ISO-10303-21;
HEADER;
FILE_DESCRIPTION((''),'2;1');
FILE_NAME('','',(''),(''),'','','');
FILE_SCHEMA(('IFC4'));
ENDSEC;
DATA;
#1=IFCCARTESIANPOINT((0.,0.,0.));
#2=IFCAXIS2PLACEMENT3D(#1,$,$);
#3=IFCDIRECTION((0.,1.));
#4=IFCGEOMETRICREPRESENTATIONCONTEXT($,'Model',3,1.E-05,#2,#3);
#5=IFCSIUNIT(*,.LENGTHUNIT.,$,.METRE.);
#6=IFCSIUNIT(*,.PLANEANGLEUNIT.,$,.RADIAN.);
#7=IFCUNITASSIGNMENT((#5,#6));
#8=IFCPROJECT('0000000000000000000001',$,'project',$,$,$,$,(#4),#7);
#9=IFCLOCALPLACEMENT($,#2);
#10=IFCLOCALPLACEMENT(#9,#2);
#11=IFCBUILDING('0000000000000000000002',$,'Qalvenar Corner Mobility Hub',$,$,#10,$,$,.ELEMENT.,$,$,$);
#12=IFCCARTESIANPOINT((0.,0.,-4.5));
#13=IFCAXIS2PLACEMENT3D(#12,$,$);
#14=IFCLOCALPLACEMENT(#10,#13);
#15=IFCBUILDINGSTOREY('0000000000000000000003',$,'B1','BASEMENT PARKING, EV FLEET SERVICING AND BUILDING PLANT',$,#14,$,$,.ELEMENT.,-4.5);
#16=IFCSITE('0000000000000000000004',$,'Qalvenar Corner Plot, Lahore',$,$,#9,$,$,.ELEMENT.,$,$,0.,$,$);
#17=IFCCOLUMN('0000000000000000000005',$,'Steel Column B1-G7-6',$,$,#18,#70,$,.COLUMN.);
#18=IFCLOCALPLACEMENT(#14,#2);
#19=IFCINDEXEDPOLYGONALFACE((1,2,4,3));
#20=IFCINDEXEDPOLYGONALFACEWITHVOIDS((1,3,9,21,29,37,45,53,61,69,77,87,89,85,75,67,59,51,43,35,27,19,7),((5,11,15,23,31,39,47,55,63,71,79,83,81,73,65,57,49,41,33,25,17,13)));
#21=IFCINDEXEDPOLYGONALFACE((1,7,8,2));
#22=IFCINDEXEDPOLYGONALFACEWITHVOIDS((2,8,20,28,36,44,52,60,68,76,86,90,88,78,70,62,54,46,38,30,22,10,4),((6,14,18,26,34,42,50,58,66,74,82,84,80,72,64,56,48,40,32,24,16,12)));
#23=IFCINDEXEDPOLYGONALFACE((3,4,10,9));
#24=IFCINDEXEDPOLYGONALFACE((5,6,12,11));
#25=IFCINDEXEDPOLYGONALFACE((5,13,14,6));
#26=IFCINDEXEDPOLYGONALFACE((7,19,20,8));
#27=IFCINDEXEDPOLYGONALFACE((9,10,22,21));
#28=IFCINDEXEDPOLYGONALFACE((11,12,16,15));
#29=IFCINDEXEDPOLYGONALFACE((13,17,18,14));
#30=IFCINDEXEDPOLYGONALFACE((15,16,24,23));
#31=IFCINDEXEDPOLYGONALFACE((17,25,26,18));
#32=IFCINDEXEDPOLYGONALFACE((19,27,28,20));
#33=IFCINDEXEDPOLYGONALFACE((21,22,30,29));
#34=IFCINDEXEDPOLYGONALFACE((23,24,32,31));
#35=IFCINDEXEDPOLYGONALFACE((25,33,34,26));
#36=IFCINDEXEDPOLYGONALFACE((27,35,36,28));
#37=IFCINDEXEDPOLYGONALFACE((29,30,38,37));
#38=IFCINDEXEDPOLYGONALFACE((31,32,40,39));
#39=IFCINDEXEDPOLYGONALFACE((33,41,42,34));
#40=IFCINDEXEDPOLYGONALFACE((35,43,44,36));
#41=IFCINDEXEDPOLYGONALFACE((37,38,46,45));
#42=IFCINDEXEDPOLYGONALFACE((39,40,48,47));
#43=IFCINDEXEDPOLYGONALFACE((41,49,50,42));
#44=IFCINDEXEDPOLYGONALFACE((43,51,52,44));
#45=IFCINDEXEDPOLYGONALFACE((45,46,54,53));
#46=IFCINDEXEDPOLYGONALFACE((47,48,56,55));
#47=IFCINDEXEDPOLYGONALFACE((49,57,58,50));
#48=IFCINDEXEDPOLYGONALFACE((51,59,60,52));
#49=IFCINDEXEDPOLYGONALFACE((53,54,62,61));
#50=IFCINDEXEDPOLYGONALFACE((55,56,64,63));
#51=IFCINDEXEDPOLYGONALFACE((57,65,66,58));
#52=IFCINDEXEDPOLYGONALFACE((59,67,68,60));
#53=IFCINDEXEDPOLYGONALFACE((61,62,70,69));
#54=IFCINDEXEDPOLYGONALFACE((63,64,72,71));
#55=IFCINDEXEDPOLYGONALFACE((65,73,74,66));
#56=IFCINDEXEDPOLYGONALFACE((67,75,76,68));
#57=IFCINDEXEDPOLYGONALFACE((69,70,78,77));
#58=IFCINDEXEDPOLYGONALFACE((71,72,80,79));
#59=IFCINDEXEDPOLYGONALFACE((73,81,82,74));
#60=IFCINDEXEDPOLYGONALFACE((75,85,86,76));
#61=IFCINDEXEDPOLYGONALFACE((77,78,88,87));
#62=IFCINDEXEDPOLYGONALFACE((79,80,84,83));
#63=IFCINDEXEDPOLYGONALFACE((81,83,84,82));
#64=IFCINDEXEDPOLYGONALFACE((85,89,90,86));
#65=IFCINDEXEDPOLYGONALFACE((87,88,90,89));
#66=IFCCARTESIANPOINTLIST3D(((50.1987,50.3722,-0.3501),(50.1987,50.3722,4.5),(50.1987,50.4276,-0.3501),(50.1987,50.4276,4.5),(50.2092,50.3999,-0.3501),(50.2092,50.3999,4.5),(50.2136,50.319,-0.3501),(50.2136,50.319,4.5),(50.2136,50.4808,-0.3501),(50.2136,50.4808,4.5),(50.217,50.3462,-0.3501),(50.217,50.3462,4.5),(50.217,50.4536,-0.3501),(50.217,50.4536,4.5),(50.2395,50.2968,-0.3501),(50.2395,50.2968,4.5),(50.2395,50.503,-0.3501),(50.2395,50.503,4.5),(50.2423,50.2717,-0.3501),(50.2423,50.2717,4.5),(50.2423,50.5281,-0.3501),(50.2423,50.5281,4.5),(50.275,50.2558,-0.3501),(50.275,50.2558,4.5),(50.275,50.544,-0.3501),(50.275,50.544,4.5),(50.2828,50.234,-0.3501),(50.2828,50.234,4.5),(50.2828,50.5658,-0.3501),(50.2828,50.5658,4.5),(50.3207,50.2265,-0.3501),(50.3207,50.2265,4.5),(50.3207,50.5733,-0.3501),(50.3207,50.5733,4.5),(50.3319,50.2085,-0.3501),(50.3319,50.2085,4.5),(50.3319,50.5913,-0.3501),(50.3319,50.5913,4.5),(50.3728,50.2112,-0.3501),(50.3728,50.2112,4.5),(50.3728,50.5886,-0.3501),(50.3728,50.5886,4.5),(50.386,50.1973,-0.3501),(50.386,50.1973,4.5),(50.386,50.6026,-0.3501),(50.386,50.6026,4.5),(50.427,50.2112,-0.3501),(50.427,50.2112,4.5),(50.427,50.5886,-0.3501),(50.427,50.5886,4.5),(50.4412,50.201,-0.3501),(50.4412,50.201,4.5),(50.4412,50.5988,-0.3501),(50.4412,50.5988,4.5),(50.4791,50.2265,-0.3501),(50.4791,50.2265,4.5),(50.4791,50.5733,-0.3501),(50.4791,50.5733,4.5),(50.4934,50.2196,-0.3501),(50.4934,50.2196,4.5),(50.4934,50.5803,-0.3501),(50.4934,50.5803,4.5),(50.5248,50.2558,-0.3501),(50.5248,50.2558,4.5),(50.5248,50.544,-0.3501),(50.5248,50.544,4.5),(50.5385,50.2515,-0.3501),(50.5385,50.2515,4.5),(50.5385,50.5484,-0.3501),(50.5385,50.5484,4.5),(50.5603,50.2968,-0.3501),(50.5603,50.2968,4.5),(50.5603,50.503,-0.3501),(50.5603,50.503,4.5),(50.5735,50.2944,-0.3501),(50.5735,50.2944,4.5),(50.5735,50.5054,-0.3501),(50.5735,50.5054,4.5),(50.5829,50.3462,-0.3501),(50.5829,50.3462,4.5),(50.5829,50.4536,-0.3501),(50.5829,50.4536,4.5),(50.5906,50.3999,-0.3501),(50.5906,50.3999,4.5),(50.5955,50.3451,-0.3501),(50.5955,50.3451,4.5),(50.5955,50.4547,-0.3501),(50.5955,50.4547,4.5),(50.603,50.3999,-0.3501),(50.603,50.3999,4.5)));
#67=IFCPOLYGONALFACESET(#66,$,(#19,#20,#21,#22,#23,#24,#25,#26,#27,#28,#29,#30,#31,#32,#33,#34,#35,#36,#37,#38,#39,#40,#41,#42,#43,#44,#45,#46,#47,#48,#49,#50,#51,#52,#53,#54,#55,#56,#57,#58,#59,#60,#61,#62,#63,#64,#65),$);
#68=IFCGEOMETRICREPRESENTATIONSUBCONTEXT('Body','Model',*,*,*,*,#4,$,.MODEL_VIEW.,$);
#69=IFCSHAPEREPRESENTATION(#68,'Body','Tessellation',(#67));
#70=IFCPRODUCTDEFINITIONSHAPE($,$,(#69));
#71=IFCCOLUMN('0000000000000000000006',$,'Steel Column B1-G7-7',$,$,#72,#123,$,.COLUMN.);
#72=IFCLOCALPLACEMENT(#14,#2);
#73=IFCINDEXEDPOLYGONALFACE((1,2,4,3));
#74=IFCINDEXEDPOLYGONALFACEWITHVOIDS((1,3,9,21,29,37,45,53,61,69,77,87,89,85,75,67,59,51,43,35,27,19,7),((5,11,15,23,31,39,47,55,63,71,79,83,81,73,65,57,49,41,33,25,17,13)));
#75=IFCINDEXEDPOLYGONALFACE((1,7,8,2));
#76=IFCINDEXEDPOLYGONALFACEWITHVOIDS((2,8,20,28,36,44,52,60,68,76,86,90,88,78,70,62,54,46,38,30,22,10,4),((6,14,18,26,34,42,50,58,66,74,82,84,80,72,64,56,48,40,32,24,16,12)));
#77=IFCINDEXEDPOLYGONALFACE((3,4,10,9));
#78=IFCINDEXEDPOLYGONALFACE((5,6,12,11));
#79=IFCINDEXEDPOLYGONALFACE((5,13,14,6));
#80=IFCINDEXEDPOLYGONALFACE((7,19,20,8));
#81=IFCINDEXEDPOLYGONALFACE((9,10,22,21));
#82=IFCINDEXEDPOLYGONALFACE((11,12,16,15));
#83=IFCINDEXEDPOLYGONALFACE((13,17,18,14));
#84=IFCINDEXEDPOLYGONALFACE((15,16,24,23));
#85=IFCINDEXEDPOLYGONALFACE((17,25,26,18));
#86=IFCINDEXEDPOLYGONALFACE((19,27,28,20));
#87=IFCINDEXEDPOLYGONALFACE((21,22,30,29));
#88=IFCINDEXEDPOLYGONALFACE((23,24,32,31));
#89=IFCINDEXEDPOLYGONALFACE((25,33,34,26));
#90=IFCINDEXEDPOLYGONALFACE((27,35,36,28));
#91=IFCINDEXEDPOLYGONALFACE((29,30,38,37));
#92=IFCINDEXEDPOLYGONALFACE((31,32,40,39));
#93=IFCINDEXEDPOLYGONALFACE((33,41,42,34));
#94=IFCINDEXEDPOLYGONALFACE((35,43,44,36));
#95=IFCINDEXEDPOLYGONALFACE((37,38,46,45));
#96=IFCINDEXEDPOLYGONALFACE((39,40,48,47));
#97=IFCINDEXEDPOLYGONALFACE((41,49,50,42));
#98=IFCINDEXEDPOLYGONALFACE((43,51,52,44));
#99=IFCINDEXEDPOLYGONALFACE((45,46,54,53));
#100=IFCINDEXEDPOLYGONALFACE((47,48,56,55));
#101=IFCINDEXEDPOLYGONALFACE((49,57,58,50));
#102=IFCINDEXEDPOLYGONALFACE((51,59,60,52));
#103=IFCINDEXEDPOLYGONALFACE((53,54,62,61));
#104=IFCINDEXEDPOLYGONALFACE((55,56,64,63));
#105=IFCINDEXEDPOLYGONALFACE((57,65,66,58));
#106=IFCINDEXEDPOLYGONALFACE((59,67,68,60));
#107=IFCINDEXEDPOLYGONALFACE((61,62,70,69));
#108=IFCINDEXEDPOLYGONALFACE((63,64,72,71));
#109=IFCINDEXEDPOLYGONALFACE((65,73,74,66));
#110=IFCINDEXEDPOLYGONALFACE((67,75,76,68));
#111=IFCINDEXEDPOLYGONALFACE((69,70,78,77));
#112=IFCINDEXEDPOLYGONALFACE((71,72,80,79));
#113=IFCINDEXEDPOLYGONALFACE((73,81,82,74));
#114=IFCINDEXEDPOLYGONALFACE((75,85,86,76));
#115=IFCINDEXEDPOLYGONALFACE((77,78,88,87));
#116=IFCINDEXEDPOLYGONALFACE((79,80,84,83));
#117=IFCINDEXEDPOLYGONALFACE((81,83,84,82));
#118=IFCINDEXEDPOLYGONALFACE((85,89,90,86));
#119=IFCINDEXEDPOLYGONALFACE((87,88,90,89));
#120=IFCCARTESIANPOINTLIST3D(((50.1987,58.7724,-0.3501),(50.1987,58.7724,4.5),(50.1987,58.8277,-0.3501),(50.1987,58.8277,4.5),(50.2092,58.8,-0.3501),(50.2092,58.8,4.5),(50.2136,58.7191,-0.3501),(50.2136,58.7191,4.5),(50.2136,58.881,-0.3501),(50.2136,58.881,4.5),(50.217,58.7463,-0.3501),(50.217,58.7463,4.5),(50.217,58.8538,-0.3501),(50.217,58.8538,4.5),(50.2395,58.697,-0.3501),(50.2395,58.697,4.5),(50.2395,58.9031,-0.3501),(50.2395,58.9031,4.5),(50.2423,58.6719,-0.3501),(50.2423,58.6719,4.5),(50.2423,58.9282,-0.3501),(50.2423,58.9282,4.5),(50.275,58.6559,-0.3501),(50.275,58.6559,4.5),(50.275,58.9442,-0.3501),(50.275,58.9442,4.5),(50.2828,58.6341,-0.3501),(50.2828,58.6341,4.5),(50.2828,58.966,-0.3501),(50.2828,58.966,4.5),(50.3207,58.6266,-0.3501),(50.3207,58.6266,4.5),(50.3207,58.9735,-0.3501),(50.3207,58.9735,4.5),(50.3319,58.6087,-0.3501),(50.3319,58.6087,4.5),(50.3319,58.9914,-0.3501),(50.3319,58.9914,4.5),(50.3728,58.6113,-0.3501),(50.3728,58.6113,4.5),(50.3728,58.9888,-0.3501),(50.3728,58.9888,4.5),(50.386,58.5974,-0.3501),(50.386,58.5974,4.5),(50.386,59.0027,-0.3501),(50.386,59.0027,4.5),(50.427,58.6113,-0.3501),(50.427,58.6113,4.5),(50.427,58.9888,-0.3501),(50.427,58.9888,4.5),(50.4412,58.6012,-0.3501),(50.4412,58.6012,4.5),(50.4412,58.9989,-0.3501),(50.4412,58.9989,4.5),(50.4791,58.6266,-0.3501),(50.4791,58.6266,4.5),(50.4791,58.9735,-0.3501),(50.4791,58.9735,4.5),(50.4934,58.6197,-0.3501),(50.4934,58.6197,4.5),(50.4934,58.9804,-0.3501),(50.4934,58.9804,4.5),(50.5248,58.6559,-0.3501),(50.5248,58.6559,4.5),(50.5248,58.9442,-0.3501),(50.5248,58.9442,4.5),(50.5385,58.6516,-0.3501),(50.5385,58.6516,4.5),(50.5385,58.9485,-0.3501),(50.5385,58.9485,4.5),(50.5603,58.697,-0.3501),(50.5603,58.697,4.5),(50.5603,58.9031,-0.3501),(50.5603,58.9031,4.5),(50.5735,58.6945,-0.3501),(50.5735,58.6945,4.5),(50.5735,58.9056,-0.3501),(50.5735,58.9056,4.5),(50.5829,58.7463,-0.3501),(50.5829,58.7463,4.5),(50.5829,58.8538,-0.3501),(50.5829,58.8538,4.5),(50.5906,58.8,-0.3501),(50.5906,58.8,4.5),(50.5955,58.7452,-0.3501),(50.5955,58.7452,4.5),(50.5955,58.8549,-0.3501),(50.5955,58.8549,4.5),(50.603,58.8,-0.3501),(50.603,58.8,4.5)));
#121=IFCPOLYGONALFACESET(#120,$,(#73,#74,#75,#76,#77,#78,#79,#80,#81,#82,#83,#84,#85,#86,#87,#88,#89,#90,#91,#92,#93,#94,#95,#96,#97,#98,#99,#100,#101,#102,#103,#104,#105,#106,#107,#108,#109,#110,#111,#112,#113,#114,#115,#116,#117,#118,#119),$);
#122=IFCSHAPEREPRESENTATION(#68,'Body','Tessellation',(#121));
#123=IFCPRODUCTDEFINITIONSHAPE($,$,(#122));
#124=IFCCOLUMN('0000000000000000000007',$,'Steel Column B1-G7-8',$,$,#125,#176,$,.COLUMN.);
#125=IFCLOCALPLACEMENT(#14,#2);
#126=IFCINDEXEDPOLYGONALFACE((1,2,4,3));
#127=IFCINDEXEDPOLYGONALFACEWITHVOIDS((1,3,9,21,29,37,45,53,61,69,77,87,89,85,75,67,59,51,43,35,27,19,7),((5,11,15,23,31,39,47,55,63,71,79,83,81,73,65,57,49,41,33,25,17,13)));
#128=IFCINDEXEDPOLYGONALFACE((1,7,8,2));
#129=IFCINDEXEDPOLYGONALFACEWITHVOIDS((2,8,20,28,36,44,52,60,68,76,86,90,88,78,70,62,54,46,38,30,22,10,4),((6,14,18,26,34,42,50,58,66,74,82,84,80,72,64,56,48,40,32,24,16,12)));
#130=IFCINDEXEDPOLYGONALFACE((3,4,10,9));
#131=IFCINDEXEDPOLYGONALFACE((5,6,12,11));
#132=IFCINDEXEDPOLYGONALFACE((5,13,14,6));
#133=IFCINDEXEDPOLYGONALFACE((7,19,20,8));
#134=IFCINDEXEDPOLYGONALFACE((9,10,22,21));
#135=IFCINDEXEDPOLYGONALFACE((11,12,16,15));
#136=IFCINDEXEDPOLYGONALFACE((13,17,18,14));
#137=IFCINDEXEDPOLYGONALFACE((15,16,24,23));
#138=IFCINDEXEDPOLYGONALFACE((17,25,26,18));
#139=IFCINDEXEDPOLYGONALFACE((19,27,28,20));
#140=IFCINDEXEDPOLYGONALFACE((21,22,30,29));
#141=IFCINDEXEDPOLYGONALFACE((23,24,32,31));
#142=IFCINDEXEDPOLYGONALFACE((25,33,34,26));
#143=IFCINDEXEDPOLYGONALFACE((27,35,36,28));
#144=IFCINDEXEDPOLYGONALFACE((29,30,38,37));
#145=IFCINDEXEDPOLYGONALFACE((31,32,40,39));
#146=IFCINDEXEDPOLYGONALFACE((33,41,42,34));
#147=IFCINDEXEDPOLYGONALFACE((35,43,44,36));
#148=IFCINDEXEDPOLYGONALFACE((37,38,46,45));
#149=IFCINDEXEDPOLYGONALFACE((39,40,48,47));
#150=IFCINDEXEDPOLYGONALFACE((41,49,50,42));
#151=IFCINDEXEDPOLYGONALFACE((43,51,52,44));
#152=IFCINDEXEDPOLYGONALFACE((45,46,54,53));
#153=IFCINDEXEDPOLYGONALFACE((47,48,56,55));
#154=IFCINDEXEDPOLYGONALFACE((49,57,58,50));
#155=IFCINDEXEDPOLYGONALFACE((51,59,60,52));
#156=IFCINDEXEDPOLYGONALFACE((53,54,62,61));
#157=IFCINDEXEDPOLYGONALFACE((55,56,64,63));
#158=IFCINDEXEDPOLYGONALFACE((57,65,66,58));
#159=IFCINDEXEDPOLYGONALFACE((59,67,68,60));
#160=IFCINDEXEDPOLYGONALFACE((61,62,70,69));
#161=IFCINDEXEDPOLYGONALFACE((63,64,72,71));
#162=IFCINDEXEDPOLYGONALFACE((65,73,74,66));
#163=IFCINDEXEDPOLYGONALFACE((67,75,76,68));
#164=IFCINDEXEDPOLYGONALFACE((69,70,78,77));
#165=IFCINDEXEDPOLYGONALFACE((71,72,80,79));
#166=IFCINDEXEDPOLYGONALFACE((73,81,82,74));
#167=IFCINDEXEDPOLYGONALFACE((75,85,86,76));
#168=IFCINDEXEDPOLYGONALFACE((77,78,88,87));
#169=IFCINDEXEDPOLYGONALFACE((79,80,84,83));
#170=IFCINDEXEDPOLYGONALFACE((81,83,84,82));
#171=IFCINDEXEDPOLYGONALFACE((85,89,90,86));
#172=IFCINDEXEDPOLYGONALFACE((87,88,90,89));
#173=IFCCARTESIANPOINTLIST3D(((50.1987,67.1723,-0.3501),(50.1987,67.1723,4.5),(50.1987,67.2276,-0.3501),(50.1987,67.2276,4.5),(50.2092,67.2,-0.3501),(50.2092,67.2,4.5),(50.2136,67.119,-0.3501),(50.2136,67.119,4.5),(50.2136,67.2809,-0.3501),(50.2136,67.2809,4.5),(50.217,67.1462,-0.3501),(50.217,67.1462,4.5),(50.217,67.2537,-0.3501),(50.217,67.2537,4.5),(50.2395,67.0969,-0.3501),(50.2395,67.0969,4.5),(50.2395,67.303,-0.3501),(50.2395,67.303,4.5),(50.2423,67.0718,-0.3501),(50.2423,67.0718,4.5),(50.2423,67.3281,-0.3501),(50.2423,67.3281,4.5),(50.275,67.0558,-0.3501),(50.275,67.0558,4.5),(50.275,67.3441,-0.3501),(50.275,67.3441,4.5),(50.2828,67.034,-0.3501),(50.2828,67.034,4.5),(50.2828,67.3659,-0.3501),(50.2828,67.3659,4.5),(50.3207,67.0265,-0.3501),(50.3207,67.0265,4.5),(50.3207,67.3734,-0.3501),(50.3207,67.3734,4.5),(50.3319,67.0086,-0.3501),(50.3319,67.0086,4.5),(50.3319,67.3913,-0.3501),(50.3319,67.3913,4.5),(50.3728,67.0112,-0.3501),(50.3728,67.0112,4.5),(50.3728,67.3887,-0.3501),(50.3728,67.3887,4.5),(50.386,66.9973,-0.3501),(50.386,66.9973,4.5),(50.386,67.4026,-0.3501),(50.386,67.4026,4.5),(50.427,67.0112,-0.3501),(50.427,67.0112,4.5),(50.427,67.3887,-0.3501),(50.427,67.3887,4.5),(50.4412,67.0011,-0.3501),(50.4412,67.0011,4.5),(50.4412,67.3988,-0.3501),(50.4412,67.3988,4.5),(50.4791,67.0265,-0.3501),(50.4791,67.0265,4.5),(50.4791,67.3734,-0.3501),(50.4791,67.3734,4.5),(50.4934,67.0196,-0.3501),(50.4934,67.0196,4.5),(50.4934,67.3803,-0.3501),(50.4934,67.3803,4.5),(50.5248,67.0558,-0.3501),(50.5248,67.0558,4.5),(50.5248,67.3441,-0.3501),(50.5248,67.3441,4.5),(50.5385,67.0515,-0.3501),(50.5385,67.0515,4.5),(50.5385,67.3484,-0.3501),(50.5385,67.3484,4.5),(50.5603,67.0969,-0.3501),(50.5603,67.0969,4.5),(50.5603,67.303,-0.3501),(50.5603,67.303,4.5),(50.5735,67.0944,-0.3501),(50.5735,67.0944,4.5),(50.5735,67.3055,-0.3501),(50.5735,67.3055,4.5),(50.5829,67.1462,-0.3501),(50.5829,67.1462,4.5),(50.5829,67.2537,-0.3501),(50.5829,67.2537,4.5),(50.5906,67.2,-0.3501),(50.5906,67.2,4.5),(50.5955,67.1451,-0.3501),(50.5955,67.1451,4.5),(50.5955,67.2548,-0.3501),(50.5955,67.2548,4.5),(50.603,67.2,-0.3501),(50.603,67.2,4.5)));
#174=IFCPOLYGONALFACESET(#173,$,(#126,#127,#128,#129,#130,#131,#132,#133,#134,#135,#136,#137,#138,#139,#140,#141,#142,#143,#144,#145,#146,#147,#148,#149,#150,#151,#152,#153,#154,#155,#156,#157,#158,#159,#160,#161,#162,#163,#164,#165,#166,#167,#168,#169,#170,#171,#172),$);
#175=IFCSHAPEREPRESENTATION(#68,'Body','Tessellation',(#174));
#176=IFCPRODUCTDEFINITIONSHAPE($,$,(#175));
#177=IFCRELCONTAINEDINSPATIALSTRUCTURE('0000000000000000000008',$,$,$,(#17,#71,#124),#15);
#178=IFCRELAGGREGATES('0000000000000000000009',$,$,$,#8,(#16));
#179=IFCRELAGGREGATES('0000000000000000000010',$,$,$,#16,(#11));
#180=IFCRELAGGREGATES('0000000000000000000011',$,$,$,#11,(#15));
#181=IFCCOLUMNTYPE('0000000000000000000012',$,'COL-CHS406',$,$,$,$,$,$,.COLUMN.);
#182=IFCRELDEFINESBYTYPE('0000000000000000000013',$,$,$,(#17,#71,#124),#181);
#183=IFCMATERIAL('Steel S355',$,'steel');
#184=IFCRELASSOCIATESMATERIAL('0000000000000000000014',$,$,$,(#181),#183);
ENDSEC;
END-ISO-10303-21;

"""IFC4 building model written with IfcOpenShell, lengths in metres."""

from ifc_helpers import new_model, si_unit, direction, frame, origin, origin_2d, place, context, subcontext, project, spatial, hollow_circle, extrude, material, material_profile, profile_set, type_object, element, save


model = new_model("IFC4")

# Units and contexts
model_context = context("Model", 3, precision=1e-05, world=origin(), true_north=direction((0.0, 1.0)))
body_context = subcontext(model_context, "Body", "Model", "MODEL_VIEW")
ifc_project = project(units=[si_unit("LENGTHUNIT", "METRE"), si_unit("PLANEANGLEUNIT", "RADIAN")], contexts=[model_context])

# Site, building, storey
site_placement = place(None, origin())
site = spatial("IfcSite", under=ifc_project, at=site_placement, Name="Qalvenar Corner Plot, Lahore", CompositionType="ELEMENT", RefElevation=0.0)
building_placement = place(site_placement, origin())
building = spatial("IfcBuilding", under=site, at=building_placement, Name="Qalvenar Corner Mobility Hub", CompositionType="ELEMENT")
storey_placement = place(building_placement, frame((0.0, 0.0, -4.5)))
storey = spatial("IfcBuildingStorey", under=building, at=storey_placement, Name="B1", Description="BASEMENT PARKING, EV FLEET SERVICING AND BUILDING PLANT", CompositionType="ELEMENT", Elevation=-4.5)

# Columns
ifc_material_1 = material(Name="Steel S355", Category="steel")
ifc_material_profile_1 = material_profile(ifc_material_1, hollow_circle(Radius=0.2031, WallThickness=0.0125, at=origin_2d()), Name="CHS406.4x12.5")
ifc_profile_set_1 = profile_set([ifc_material_profile_1], Name="Steel S355")
column_type_1 = type_object("IfcColumnType", Name="COL-CHS406", PredefinedType="COLUMN", material=ifc_profile_set_1)
for number, where, z_axis, x_axis, name in (
    (1, (50.3999, 50.3999, -0.3501), (0.0, 0.0, 1.0), (1.0, 0.0, 0.0), "Steel Column B1-G7-6"),
    (2, (50.3999, 58.8, -0.3501), (0.0, 0.0, 1.0), (1.0, 0.0, 0.0), "Steel Column B1-G7-7"),
    (3, (50.3999, 67.2, -0.3501), (0.0, 0.0, 1.0), (1.0, 0.0, 0.0), "Steel Column B1-G7-8"),
):
    element("IfcColumn", number, at=place(storey_placement, frame(where, z_axis=z_axis, x_axis=x_axis)), inside=storey, type_object=column_type_1, Name=name, PredefinedType="COLUMN", context=body_context, shape_type="SweptSolid", body=[
        extrude(hollow_circle(Radius=0.2031, WallThickness=0.0125, at=origin_2d()), origin(), (0.0, 0.0, 1.0), 4.8501),
    ])

save(model, "model.ifc")
